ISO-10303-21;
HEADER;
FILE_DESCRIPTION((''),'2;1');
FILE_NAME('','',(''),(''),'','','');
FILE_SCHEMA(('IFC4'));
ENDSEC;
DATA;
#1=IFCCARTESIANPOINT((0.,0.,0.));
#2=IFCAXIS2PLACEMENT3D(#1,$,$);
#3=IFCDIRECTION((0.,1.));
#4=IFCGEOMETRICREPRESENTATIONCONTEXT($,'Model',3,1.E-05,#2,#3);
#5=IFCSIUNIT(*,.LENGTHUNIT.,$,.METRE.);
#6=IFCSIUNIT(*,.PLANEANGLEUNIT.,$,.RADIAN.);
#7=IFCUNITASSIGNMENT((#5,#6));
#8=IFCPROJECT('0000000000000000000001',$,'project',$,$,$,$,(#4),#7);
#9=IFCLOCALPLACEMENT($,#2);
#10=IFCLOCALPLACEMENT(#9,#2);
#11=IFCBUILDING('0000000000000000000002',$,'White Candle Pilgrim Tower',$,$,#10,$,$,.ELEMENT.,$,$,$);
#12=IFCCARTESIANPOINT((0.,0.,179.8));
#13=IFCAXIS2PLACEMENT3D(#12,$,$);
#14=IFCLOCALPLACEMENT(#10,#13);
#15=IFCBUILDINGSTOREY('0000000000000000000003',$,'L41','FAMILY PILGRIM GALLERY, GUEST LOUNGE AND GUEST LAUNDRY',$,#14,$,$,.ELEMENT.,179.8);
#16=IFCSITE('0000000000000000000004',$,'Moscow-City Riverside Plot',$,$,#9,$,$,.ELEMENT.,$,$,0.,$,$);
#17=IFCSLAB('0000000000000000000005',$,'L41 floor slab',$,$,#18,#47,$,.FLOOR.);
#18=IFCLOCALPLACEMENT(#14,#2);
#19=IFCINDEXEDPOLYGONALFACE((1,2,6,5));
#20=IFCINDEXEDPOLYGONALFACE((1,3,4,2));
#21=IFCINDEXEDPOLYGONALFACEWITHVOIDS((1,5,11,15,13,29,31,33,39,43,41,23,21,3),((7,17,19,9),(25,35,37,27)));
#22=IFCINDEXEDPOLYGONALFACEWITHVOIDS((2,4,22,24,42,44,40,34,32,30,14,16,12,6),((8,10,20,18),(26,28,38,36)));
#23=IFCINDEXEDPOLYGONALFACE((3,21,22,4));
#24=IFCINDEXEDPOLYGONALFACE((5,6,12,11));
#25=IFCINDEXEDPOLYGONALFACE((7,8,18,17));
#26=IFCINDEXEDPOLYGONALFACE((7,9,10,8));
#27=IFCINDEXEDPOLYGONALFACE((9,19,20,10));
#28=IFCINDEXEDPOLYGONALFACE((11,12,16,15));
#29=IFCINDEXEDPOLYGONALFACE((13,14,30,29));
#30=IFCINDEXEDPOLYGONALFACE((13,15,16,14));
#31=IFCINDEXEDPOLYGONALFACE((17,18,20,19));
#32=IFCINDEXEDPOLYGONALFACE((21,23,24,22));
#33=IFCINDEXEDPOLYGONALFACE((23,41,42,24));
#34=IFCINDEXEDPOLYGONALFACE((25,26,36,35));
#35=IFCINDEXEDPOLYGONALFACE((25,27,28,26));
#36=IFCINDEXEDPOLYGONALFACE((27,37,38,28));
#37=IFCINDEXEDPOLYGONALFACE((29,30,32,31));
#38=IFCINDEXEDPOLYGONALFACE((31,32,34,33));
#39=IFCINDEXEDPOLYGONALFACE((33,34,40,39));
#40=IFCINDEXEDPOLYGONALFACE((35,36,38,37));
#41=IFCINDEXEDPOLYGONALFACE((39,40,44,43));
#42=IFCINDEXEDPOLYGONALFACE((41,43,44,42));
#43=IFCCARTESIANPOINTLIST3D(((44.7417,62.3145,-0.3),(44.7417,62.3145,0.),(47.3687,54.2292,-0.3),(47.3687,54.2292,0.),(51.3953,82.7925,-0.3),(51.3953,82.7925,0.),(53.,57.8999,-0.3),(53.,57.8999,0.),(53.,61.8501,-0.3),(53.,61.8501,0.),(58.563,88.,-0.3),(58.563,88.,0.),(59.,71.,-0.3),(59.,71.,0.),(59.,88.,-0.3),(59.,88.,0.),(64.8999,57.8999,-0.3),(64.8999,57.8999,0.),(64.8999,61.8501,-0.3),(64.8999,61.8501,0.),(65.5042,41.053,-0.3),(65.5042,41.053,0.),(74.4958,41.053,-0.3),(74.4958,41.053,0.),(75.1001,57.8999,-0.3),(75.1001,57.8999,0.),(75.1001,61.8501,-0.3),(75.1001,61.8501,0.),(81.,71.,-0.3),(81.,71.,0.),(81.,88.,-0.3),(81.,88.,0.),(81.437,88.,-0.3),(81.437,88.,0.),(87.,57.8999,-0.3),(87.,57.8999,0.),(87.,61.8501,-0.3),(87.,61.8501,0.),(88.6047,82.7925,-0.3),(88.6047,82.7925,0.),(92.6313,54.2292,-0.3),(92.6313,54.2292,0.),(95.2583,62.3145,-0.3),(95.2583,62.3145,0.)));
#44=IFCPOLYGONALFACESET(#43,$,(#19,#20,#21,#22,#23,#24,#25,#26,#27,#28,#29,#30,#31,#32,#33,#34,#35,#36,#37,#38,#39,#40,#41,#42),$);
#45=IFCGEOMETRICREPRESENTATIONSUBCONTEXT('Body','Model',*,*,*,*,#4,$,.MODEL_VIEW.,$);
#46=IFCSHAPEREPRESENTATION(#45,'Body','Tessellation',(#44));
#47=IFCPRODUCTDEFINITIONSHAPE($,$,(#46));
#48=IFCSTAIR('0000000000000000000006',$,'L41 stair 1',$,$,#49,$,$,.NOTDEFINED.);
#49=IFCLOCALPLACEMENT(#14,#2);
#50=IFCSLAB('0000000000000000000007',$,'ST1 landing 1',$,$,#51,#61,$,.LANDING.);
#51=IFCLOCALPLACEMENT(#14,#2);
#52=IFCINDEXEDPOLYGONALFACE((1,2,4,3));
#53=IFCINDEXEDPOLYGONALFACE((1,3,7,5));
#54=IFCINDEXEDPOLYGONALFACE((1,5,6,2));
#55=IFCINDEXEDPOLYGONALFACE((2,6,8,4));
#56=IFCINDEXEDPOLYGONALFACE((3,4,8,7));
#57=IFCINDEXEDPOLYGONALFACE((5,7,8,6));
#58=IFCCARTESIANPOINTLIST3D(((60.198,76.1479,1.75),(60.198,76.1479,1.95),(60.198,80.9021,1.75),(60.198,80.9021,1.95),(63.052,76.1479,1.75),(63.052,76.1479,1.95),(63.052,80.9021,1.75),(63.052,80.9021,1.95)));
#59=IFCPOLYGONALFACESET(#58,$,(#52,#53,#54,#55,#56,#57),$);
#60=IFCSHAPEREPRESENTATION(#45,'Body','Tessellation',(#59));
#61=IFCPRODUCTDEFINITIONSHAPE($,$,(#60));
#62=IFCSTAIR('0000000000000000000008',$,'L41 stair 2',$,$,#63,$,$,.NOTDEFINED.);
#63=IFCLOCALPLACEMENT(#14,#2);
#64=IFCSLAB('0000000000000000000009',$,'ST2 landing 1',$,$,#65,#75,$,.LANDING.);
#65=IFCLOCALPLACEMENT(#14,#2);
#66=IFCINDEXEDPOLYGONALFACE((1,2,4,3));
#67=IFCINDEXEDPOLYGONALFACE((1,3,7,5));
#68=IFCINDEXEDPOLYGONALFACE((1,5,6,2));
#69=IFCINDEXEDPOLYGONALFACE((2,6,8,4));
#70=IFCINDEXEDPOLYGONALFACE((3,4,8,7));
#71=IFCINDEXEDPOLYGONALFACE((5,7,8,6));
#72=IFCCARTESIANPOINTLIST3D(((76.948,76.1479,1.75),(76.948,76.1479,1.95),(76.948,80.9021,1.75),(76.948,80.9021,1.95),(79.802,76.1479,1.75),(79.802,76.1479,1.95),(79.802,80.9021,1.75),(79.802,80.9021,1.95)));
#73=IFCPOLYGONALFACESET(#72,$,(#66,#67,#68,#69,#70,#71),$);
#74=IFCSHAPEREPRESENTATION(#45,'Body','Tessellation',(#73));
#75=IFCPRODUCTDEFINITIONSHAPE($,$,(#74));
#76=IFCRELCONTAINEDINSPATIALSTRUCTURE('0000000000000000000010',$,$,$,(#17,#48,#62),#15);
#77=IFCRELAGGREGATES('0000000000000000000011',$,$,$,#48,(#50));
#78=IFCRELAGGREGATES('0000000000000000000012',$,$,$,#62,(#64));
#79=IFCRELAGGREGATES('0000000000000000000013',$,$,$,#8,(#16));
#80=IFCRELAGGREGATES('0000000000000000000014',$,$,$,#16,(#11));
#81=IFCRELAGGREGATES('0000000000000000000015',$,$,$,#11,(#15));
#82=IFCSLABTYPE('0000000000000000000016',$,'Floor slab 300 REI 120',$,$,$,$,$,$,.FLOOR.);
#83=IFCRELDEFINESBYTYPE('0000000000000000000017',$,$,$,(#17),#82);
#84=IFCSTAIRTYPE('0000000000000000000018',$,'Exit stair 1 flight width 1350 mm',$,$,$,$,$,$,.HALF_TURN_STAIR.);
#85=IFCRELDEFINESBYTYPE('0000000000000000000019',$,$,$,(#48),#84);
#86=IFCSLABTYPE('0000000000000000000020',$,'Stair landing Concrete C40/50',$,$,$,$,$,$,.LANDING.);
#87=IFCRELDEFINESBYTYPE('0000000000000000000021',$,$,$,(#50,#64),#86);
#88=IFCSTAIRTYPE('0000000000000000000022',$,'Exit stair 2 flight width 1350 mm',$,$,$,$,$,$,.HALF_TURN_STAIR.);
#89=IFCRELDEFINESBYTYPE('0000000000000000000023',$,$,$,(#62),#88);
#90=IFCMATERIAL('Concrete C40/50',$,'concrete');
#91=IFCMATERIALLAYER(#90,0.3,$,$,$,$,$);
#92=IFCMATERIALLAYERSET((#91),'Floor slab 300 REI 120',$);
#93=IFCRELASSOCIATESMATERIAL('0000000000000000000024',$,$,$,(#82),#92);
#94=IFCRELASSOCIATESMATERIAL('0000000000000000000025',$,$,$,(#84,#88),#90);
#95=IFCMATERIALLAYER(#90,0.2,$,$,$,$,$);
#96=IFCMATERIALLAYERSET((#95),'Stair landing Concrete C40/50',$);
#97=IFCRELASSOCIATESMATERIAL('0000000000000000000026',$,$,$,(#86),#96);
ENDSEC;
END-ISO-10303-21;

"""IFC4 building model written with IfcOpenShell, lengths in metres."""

from ifc_helpers import new_model, si_unit, direction, frame, origin, place, context, subcontext, project, spatial, polyline, outline, extrude, material, layer, layer_set, type_object, element, aggregate, save


model = new_model("IFC4")

# Units and contexts
model_context = context("Model", 3, precision=1e-05, world=origin(), true_north=direction((0.0, 1.0)))
body_context = subcontext(model_context, "Body", "Model", "MODEL_VIEW")
ifc_project = project(units=[si_unit("LENGTHUNIT", "METRE"), si_unit("PLANEANGLEUNIT", "RADIAN")], contexts=[model_context])

# Site, building, storey
site_placement = place(None, origin())
site = spatial("IfcSite", under=ifc_project, at=site_placement, Name="Moscow-City Riverside Plot", CompositionType="ELEMENT", RefElevation=0.0)
building_placement = place(site_placement, origin())
building = spatial("IfcBuilding", under=site, at=building_placement, Name="White Candle Pilgrim Tower", CompositionType="ELEMENT")
storey_placement = place(building_placement, frame((0.0, 0.0, 179.8)))
storey = spatial("IfcBuildingStorey", under=building, at=storey_placement, Name="L41", Description="FAMILY PILGRIM GALLERY, GUEST LOUNGE AND GUEST LAUNDRY", CompositionType="ELEMENT", Elevation=179.8)

# Slab
ifc_material = material(Name="Concrete C40/50", Category="concrete")
ifc_layer_1 = layer(ifc_material, 0.3)
ifc_layer_set_1 = layer_set([ifc_layer_1], Name="Floor slab 300 REI 120")
slab_type_1 = type_object("IfcSlabType", Name="Floor slab 300 REI 120", PredefinedType="FLOOR", material=ifc_layer_set_1)
slab_1_placement = place(storey_placement, frame((0.0, 0.0, -0.3)))
element("IfcSlab", 1, at=slab_1_placement, inside=storey, type_object=slab_type_1, Name="L41 floor slab", PredefinedType="FLOOR", context=body_context, shape_type="SweptSolid", body=[
    extrude(outline(polyline([(65.5042, 41.053), (74.4958, 41.053), (92.6313, 54.2292), (95.2583, 62.3145), (88.6047, 82.7925), (81.437, 88.0), (81.0, 88.0), (81.0, 71.0), (59.0, 71.0), (59.0, 88.0), (58.563, 88.0), (51.3953, 82.7925), (44.7417, 62.3145), (47.3687, 54.2292), (65.5042, 41.053)]), holes=[polyline([(53.0, 57.8999), (53.0, 61.8501), (64.8999, 61.8501), (64.8999, 57.8999), (53.0, 57.8999)]), polyline([(75.1001, 57.8999), (75.1001, 61.8501), (87.0, 61.8501), (87.0, 57.8999), (75.1001, 57.8999)])]), origin(), (0.0, 0.0, 1.0), 0.3),
])

# Stairs, slabs
stair_type_1 = type_object("IfcStairType", Name="Exit stair 1 flight width 1350 mm", PredefinedType="HALF_TURN_STAIR", material=ifc_material)
stair_1_placement = place(storey_placement, origin())
stair_1 = element("IfcStair", 2, at=stair_1_placement, inside=storey, type_object=stair_type_1, Name="L41 stair 1", PredefinedType="NOTDEFINED")
ifc_layer_2 = layer(ifc_material, 0.2)
ifc_layer_set_2 = layer_set([ifc_layer_2], Name="Stair landing Concrete C40/50")
slab_type_2 = type_object("IfcSlabType", Name="Stair landing Concrete C40/50", PredefinedType="LANDING", material=ifc_layer_set_2)
slab_2_placement = place(storey_placement, frame((0.0, 0.0, 1.75)))
slab_2 = element("IfcSlab", 3, at=slab_2_placement, type_object=slab_type_2, Name="ST1 landing 1", PredefinedType="LANDING", context=body_context, shape_type="SweptSolid", body=[
    extrude(outline(polyline([(63.052, 76.1479), (60.198, 76.1479), (60.198, 80.9021), (63.052, 80.9021), (63.052, 76.1479)])), origin(), (0.0, 0.0, 1.0), 0.2),
])
aggregate(stair_1, [slab_2])
stair_type_2 = type_object("IfcStairType", Name="Exit stair 2 flight width 1350 mm", PredefinedType="HALF_TURN_STAIR", material=ifc_material)
stair_2_placement = place(storey_placement, origin())
stair_2 = element("IfcStair", 4, at=stair_2_placement, inside=storey, type_object=stair_type_2, Name="L41 stair 2", PredefinedType="NOTDEFINED")
slab_3_placement = place(storey_placement, frame((0.0, 0.0, 1.75)))
slab_3 = element("IfcSlab", 5, at=slab_3_placement, type_object=slab_type_2, Name="ST2 landing 1", PredefinedType="LANDING", context=body_context, shape_type="SweptSolid", body=[
    extrude(outline(polyline([(79.802, 76.1479), (76.948, 76.1479), (76.948, 80.9021), (79.802, 80.9021), (79.802, 76.1479)])), origin(), (0.0, 0.0, 1.0), 0.2),
])
aggregate(stair_2, [slab_3])

save(model, "model.ifc")
